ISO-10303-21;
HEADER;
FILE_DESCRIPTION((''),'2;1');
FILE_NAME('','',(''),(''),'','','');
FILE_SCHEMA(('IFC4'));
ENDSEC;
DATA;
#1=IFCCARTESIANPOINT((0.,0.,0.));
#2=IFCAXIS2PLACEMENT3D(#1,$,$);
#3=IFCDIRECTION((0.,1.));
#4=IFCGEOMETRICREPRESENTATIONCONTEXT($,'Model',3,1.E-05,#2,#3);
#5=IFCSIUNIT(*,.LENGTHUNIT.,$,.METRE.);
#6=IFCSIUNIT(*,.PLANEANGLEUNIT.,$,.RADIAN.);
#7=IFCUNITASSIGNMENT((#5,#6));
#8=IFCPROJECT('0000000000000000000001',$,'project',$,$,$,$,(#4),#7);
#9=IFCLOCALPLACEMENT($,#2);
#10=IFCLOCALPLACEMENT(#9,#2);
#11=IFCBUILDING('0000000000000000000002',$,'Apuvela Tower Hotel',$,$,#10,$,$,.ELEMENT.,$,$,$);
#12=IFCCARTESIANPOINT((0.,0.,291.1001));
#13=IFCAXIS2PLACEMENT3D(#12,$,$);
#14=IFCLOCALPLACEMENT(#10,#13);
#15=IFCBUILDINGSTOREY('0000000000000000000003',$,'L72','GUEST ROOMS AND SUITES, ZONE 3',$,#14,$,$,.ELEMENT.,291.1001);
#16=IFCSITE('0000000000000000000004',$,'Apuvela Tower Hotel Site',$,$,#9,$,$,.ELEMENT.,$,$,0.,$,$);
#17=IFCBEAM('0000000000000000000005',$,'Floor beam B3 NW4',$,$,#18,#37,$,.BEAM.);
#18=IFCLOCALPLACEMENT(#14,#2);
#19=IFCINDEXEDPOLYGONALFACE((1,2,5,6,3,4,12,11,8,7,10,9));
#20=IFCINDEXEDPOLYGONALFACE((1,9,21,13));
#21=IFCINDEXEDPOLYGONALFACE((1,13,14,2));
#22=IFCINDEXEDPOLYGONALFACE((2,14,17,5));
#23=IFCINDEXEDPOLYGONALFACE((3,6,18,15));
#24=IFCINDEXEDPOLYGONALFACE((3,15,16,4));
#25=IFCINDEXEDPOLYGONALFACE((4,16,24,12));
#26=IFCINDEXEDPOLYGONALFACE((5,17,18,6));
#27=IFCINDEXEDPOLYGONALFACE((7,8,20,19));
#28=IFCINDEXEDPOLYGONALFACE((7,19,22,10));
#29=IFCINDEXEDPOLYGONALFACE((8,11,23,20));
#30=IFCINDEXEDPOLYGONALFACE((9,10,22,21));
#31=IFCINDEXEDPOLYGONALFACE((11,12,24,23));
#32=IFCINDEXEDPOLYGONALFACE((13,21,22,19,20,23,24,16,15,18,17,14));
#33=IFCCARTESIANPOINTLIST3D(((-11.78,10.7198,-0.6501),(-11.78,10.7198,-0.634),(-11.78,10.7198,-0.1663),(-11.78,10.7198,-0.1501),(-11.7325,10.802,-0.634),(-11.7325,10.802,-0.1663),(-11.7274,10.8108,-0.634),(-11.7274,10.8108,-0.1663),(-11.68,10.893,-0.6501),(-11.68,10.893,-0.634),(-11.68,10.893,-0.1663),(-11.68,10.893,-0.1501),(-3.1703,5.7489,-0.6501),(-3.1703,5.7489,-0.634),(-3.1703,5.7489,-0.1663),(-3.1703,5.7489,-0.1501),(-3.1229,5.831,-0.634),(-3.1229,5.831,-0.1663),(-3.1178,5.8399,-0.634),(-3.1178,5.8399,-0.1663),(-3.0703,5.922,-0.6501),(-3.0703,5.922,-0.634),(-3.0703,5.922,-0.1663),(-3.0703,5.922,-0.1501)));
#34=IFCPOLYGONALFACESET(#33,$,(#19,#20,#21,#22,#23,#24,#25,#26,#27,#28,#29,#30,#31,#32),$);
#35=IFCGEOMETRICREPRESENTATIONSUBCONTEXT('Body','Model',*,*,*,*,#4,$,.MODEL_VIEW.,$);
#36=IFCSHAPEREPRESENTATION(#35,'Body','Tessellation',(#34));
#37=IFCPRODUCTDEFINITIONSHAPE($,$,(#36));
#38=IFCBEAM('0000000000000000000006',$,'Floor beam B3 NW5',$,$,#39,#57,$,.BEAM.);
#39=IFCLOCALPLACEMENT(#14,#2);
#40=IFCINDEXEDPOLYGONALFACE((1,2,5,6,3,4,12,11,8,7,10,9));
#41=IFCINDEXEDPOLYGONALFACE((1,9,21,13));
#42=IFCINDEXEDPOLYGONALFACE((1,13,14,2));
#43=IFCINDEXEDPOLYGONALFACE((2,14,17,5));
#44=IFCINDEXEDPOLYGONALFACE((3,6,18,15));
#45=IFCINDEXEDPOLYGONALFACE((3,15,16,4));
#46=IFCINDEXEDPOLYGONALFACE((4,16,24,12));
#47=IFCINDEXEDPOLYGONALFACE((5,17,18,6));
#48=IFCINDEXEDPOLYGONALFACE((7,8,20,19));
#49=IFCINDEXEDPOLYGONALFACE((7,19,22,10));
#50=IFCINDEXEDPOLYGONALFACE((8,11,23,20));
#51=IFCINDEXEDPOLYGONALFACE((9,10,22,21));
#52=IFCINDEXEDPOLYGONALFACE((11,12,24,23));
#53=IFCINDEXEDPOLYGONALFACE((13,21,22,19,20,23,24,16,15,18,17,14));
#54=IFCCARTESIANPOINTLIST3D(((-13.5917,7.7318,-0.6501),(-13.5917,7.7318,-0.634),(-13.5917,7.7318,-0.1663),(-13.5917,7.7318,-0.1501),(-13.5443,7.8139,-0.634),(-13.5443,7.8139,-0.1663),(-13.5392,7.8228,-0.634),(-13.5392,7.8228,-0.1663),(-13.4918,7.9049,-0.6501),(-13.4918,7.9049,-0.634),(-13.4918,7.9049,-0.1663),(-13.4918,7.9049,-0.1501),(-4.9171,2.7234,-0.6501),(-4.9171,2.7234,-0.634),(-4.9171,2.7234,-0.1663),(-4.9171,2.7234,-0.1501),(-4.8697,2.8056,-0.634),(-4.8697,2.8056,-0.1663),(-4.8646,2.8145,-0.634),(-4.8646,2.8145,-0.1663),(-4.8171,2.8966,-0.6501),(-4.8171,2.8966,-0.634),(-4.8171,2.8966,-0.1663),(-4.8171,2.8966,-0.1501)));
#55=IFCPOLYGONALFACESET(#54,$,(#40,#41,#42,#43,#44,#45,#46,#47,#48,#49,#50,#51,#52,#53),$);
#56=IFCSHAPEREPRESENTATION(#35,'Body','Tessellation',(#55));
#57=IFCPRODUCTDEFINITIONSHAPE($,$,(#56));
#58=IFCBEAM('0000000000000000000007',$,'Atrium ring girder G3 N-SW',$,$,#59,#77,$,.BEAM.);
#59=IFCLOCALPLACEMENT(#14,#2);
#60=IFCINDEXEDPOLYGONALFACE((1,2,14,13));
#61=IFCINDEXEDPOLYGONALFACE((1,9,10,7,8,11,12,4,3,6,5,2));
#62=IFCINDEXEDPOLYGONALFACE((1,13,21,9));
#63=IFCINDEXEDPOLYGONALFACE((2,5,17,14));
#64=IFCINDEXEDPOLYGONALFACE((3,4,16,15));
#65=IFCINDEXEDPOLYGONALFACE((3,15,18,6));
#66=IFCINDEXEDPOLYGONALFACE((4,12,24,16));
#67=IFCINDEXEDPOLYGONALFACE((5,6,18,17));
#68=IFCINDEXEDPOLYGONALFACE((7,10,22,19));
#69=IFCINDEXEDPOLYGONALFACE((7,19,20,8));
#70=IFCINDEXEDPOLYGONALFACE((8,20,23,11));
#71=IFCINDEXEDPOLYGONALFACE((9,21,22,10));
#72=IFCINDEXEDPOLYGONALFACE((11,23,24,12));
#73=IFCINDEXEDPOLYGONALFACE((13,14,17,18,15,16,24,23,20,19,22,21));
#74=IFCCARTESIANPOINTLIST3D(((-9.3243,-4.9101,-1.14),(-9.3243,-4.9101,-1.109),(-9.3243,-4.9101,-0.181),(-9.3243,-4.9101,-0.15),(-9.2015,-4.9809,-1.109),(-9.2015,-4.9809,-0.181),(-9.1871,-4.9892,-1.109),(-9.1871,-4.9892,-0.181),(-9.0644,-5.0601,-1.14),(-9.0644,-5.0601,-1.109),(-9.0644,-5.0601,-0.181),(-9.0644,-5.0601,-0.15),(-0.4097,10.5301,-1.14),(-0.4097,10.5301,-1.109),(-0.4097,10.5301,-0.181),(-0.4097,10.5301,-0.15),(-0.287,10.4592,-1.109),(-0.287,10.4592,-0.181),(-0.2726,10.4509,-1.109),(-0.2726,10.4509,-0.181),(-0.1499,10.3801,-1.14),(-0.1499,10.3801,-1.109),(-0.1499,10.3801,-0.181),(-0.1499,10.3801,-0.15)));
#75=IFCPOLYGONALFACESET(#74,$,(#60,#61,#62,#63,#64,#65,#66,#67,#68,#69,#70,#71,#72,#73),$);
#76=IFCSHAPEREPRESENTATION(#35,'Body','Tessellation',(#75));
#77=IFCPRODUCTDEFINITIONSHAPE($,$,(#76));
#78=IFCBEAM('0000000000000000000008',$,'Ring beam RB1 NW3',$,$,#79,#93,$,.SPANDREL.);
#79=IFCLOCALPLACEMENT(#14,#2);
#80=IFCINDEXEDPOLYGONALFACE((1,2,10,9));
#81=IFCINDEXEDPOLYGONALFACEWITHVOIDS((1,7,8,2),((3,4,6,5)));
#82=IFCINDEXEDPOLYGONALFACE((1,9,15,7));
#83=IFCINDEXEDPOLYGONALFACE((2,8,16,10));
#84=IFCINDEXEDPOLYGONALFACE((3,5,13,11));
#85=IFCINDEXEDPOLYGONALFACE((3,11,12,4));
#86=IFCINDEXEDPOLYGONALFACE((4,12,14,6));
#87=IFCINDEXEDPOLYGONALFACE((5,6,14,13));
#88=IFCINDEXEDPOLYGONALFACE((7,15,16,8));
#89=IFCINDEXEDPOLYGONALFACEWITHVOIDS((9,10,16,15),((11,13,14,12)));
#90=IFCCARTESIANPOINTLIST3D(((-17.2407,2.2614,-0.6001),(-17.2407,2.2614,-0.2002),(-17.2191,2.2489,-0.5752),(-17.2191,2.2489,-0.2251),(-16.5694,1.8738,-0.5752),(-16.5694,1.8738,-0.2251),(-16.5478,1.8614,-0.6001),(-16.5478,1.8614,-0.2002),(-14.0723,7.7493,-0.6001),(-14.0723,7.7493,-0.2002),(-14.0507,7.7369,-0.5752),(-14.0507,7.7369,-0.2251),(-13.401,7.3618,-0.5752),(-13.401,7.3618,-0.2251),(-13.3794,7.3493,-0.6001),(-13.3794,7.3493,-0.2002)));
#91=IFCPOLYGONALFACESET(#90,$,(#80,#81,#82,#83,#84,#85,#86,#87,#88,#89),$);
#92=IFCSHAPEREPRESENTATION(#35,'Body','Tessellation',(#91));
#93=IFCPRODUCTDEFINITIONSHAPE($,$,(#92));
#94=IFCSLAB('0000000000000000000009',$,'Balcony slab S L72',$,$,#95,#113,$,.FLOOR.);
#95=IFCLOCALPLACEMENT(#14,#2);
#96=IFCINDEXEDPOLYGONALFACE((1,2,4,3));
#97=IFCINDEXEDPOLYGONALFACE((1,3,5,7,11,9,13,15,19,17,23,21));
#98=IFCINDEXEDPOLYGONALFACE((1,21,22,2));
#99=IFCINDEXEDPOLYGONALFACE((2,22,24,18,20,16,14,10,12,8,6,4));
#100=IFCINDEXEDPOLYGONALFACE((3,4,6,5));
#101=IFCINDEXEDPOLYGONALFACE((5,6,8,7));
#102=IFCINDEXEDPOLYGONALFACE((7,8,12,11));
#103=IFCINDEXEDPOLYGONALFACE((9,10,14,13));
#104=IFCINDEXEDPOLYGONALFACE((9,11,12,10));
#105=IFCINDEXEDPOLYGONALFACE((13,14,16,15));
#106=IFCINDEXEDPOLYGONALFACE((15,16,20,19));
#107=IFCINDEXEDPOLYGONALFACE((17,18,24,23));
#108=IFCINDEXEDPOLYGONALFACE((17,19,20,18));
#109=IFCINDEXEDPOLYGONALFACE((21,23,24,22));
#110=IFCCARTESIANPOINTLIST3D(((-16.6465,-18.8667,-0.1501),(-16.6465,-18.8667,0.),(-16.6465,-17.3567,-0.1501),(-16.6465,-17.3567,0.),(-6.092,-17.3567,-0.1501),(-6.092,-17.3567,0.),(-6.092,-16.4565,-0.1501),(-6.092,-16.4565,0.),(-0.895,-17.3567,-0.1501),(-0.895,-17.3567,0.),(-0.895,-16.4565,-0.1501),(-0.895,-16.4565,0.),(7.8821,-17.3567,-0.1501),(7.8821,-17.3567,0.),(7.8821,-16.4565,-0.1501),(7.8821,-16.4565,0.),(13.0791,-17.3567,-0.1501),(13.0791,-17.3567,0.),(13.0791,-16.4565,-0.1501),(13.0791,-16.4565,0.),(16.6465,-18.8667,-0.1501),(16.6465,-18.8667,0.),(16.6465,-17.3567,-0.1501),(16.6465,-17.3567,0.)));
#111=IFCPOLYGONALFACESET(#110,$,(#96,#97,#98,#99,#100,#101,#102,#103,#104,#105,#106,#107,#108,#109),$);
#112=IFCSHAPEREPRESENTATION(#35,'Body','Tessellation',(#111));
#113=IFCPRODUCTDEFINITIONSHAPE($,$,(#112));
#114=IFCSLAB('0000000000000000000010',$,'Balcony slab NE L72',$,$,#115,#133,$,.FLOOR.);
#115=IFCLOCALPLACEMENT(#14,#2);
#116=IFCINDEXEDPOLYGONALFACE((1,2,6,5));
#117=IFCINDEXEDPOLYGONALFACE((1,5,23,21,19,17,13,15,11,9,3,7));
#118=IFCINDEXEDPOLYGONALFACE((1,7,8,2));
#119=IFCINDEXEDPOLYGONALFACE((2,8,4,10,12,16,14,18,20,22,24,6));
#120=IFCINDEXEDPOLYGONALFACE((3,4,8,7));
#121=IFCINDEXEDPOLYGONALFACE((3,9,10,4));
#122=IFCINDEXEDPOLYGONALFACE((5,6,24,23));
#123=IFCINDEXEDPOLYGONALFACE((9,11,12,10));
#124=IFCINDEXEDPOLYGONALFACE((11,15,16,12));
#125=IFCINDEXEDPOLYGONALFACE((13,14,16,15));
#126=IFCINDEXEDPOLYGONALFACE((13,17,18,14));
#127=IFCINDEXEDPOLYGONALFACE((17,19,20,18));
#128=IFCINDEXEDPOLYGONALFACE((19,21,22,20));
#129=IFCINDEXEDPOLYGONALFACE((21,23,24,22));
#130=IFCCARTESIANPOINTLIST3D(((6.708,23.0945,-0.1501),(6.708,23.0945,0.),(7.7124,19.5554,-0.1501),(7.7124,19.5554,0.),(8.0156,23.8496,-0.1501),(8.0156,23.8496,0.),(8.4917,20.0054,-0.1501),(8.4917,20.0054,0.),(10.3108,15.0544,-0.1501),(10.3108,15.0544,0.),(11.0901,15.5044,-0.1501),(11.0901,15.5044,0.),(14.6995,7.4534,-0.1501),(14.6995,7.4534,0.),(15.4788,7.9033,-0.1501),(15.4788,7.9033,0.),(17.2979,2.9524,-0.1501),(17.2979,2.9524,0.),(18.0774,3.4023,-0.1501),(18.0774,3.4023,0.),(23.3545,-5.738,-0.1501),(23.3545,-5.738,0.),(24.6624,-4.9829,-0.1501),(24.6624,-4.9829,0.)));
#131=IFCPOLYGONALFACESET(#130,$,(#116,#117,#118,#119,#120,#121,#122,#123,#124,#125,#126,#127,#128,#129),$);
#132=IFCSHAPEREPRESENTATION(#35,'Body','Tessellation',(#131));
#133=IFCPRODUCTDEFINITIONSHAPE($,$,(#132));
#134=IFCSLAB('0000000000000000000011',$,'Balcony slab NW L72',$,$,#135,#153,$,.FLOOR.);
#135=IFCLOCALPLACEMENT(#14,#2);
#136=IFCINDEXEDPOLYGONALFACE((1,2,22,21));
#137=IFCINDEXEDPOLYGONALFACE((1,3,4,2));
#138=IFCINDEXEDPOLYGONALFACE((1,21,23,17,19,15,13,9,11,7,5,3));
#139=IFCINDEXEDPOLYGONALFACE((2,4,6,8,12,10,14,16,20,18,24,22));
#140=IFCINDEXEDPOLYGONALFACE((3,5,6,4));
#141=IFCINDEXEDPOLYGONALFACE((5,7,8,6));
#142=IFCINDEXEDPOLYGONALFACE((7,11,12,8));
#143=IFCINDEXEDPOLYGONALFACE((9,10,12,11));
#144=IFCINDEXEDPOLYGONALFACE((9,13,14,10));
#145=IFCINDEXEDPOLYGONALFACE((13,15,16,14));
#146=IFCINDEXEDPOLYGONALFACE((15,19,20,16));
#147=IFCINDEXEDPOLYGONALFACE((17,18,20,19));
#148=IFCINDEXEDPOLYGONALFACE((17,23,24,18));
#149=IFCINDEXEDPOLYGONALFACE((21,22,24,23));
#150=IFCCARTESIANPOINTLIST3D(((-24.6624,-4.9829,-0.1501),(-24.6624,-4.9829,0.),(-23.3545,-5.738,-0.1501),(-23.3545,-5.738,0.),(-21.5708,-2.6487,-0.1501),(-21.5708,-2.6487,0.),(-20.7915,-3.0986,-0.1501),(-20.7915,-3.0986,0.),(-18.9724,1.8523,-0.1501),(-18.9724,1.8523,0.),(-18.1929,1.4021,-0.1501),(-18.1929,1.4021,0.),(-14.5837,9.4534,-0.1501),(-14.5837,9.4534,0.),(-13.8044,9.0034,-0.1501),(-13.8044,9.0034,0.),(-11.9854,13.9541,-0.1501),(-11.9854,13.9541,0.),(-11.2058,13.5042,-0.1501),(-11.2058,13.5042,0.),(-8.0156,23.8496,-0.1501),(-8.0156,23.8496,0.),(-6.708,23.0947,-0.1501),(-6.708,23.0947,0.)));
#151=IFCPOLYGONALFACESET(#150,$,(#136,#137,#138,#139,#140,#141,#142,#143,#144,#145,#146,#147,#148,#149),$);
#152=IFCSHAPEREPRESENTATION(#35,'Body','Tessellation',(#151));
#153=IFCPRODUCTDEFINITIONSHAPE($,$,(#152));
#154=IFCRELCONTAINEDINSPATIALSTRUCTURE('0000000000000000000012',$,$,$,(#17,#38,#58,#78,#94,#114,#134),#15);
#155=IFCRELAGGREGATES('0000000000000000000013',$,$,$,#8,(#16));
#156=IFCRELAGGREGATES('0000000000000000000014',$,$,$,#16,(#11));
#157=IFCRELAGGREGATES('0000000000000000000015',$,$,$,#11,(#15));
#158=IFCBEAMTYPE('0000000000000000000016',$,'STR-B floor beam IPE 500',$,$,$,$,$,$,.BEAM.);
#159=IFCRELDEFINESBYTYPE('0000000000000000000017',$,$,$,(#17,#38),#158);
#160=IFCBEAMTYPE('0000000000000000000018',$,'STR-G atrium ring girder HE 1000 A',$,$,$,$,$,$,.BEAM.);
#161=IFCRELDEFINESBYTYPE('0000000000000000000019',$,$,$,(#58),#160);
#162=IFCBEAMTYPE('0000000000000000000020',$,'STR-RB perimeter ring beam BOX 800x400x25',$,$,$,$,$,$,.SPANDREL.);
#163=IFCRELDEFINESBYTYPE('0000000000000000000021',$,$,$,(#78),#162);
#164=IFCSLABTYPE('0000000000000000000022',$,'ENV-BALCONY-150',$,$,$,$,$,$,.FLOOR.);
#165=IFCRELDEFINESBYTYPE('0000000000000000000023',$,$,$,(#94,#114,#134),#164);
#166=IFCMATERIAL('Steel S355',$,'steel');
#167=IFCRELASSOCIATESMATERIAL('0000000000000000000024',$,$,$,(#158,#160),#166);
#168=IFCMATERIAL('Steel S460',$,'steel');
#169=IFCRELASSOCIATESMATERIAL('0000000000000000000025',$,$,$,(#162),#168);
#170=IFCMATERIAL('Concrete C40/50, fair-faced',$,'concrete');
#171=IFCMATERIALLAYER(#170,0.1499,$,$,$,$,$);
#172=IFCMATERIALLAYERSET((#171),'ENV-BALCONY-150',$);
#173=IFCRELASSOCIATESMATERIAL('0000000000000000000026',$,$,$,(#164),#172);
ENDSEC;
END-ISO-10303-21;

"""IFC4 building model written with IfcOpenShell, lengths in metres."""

from ifc_helpers import new_model, si_unit, direction, frame, origin, origin_2d, place, context, subcontext, project, spatial, polyline, hollow_rectangle, i_section, outline, extrude, material, layer, layer_set, material_profile, profile_set, type_object, element, save


model = new_model("IFC4")

# Units and contexts
model_context = context("Model", 3, precision=1e-05, world=origin(), true_north=direction((0.0, 1.0)))
body_context = subcontext(model_context, "Body", "Model", "MODEL_VIEW")
ifc_project = project(units=[si_unit("LENGTHUNIT", "METRE"), si_unit("PLANEANGLEUNIT", "RADIAN")], contexts=[model_context])

# Site, building, storey
site_placement = place(None, origin())
site = spatial("IfcSite", under=ifc_project, at=site_placement, Name="Apuvela Tower Hotel Site", CompositionType="ELEMENT", RefElevation=0.0)
building_placement = place(site_placement, origin())
building = spatial("IfcBuilding", under=site, at=building_placement, Name="Apuvela Tower Hotel", CompositionType="ELEMENT")
storey_placement = place(building_placement, frame((0.0, 0.0, 291.1001)))
storey = spatial("IfcBuildingStorey", under=building, at=storey_placement, Name="L72", Description="GUEST ROOMS AND SUITES, ZONE 3", CompositionType="ELEMENT", Elevation=291.1001)

# Beams
ifc_material_1 = material(Name="Steel S355", Category="steel")
ifc_material_profile_1 = material_profile(ifc_material_1, i_section(OverallWidth=0.2, OverallDepth=0.5, WebThickness=0.0103, FlangeThickness=0.0161, at=origin_2d()), Name="IPE 500")
ifc_profile_set_1 = profile_set([ifc_material_profile_1], Name="Steel S355")
beam_type_1 = type_object("IfcBeamType", Name="STR-B floor beam IPE 500", PredefinedType="BEAM", material=ifc_profile_set_1)
beam_1_placement = place(storey_placement, frame((-11.73, 10.8064, -0.4001), z_axis=(0.866018, -0.500014, 0.0), x_axis=(0.500014, 0.866018, 0.0)))
element("IfcBeam", 1, at=beam_1_placement, inside=storey, type_object=beam_type_1, Name="Floor beam B3 NW4", PredefinedType="BEAM", context=body_context, shape_type="SweptSolid", body=[
    extrude(i_section(OverallWidth=0.2, OverallDepth=0.5, WebThickness=0.0103, FlangeThickness=0.0161, at=origin_2d()), origin(), (0.0, 0.0, 1.0), 9.9417),
])
beam_2_placement = place(storey_placement, frame((-13.5417, 7.8184, -0.4001), z_axis=(0.866024, -0.500003, 0.0), x_axis=(0.500003, 0.866024, 0.0)))
element("IfcBeam", 2, at=beam_2_placement, inside=storey, type_object=beam_type_1, Name="Floor beam B3 NW5", PredefinedType="BEAM", context=body_context, shape_type="SweptSolid", body=[
    extrude(i_section(OverallWidth=0.2, OverallDepth=0.5, WebThickness=0.0103, FlangeThickness=0.0161, at=origin_2d()), origin(), (0.0, 0.0, 1.0), 10.0166),
])
ifc_material_profile_2 = material_profile(ifc_material_1, i_section(OverallWidth=0.3, OverallDepth=0.99, WebThickness=0.0166, FlangeThickness=0.031, at=origin_2d()), Name="HE 1000 A")
ifc_profile_set_2 = profile_set([ifc_material_profile_2], Name="Steel S355")
beam_type_2 = type_object("IfcBeamType", Name="STR-G atrium ring girder HE 1000 A", PredefinedType="BEAM", material=ifc_profile_set_2)
beam_3_placement = place(storey_placement, frame((-0.2798, 10.4551, -0.645), z_axis=(-0.500007, -0.866022, 0.0), x_axis=(0.866022, -0.500007, 0.0)))
element("IfcBeam", 3, at=beam_3_placement, inside=storey, type_object=beam_type_2, Name="Atrium ring girder G3 N-SW", PredefinedType="BEAM", context=body_context, shape_type="SweptSolid", body=[
    extrude(i_section(OverallWidth=0.3, OverallDepth=0.99, WebThickness=0.0166, FlangeThickness=0.031, at=origin_2d()), origin(), (0.0, 0.0, 1.0), 17.8289),
])
ifc_material_2 = material(Name="Steel S460", Category="steel")
ifc_material_profile_3 = material_profile(ifc_material_2, hollow_rectangle(XDim=0.8, YDim=0.3999, WallThickness=0.0249, at=origin_2d()), Name="BOX 800x400x25")
ifc_profile_set_3 = profile_set([ifc_material_profile_3], Name="Steel S460")
beam_type_3 = type_object("IfcBeamType", Name="STR-RB perimeter ring beam BOX 800x400x25", PredefinedType="SPANDREL", material=ifc_profile_set_3)
beam_4_placement = place(storey_placement, frame((-13.7258, 7.5493, -0.4001), z_axis=(-0.499993, -0.86603, 0.0), x_axis=(0.86603, -0.499993, 0.0)))
element("IfcBeam", 4, at=beam_4_placement, inside=storey, type_object=beam_type_3, Name="Ring beam RB1 NW3", PredefinedType="SPANDREL", context=body_context, shape_type="SweptSolid", body=[
    extrude(hollow_rectangle(XDim=0.8, YDim=0.3999, WallThickness=0.0249, at=origin_2d()), origin(), (0.0, 0.0, 1.0), 6.3369),
])

# Slabs
ifc_material_3 = material(Name="Concrete C40/50, fair-faced", Category="concrete")
ifc_layer_1 = layer(ifc_material_3, 0.1499)
ifc_layer_set_1 = layer_set([ifc_layer_1], Name="ENV-BALCONY-150")
slab_type_1 = type_object("IfcSlabType", Name="ENV-BALCONY-150", PredefinedType="FLOOR", material=ifc_layer_set_1)
slab_1_placement = place(storey_placement, frame((0.0, 0.0, -0.1501)))
element("IfcSlab", 5, at=slab_1_placement, inside=storey, type_object=slab_type_1, Name="Balcony slab S L72", PredefinedType="FLOOR", context=body_context, shape_type="SweptSolid", body=[
    extrude(outline(polyline([(16.6465, -18.8667), (-16.6465, -18.8667), (-16.6465, -17.3567), (-6.092, -17.3567), (-6.092, -16.4565), (-0.895, -16.4565), (-0.895, -17.3567), (7.8821, -17.3567), (7.8821, -16.4565), (13.0791, -16.4565), (13.0791, -17.3567), (16.6465, -17.3567), (16.6465, -18.8667)])), origin(), (0.0, 0.0, 1.0), 0.1501),
])
slab_2_placement = place(storey_placement, frame((0.0, 0.0, -0.1501)))
element("IfcSlab", 6, at=slab_2_placement, inside=storey, type_object=slab_type_1, Name="Balcony slab NE L72", PredefinedType="FLOOR", context=body_context, shape_type="SweptSolid", body=[
    extrude(outline(polyline([(15.4788, 7.9033), (11.0901, 15.5044), (10.3108, 15.0544), (7.7124, 19.5554), (8.4917, 20.0054), (6.708, 23.0945), (8.0156, 23.8496), (24.6624, -4.9829), (23.3545, -5.738), (18.0774, 3.4023), (17.2979, 2.9524), (14.6995, 7.4534), (15.4788, 7.9033)])), origin(), (0.0, 0.0, 1.0), 0.1501),
])
slab_3_placement = place(storey_placement, frame((0.0, 0.0, -0.1501)))
element("IfcSlab", 7, at=slab_3_placement, inside=storey, type_object=slab_type_1, Name="Balcony slab NW L72", PredefinedType="FLOOR", context=body_context, shape_type="SweptSolid", body=[
    extrude(outline(polyline([(-24.6624, -4.9829), (-8.0156, 23.8496), (-6.708, 23.0947), (-11.9854, 13.9541), (-11.2058, 13.5042), (-13.8044, 9.0034), (-14.5837, 9.4534), (-18.9724, 1.8523), (-18.1929, 1.4021), (-20.7915, -3.0986), (-21.5708, -2.6487), (-23.3545, -5.738), (-24.6624, -4.9829)])), origin(), (0.0, 0.0, 1.0), 0.1501),
])

save(model, "model.ifc")
